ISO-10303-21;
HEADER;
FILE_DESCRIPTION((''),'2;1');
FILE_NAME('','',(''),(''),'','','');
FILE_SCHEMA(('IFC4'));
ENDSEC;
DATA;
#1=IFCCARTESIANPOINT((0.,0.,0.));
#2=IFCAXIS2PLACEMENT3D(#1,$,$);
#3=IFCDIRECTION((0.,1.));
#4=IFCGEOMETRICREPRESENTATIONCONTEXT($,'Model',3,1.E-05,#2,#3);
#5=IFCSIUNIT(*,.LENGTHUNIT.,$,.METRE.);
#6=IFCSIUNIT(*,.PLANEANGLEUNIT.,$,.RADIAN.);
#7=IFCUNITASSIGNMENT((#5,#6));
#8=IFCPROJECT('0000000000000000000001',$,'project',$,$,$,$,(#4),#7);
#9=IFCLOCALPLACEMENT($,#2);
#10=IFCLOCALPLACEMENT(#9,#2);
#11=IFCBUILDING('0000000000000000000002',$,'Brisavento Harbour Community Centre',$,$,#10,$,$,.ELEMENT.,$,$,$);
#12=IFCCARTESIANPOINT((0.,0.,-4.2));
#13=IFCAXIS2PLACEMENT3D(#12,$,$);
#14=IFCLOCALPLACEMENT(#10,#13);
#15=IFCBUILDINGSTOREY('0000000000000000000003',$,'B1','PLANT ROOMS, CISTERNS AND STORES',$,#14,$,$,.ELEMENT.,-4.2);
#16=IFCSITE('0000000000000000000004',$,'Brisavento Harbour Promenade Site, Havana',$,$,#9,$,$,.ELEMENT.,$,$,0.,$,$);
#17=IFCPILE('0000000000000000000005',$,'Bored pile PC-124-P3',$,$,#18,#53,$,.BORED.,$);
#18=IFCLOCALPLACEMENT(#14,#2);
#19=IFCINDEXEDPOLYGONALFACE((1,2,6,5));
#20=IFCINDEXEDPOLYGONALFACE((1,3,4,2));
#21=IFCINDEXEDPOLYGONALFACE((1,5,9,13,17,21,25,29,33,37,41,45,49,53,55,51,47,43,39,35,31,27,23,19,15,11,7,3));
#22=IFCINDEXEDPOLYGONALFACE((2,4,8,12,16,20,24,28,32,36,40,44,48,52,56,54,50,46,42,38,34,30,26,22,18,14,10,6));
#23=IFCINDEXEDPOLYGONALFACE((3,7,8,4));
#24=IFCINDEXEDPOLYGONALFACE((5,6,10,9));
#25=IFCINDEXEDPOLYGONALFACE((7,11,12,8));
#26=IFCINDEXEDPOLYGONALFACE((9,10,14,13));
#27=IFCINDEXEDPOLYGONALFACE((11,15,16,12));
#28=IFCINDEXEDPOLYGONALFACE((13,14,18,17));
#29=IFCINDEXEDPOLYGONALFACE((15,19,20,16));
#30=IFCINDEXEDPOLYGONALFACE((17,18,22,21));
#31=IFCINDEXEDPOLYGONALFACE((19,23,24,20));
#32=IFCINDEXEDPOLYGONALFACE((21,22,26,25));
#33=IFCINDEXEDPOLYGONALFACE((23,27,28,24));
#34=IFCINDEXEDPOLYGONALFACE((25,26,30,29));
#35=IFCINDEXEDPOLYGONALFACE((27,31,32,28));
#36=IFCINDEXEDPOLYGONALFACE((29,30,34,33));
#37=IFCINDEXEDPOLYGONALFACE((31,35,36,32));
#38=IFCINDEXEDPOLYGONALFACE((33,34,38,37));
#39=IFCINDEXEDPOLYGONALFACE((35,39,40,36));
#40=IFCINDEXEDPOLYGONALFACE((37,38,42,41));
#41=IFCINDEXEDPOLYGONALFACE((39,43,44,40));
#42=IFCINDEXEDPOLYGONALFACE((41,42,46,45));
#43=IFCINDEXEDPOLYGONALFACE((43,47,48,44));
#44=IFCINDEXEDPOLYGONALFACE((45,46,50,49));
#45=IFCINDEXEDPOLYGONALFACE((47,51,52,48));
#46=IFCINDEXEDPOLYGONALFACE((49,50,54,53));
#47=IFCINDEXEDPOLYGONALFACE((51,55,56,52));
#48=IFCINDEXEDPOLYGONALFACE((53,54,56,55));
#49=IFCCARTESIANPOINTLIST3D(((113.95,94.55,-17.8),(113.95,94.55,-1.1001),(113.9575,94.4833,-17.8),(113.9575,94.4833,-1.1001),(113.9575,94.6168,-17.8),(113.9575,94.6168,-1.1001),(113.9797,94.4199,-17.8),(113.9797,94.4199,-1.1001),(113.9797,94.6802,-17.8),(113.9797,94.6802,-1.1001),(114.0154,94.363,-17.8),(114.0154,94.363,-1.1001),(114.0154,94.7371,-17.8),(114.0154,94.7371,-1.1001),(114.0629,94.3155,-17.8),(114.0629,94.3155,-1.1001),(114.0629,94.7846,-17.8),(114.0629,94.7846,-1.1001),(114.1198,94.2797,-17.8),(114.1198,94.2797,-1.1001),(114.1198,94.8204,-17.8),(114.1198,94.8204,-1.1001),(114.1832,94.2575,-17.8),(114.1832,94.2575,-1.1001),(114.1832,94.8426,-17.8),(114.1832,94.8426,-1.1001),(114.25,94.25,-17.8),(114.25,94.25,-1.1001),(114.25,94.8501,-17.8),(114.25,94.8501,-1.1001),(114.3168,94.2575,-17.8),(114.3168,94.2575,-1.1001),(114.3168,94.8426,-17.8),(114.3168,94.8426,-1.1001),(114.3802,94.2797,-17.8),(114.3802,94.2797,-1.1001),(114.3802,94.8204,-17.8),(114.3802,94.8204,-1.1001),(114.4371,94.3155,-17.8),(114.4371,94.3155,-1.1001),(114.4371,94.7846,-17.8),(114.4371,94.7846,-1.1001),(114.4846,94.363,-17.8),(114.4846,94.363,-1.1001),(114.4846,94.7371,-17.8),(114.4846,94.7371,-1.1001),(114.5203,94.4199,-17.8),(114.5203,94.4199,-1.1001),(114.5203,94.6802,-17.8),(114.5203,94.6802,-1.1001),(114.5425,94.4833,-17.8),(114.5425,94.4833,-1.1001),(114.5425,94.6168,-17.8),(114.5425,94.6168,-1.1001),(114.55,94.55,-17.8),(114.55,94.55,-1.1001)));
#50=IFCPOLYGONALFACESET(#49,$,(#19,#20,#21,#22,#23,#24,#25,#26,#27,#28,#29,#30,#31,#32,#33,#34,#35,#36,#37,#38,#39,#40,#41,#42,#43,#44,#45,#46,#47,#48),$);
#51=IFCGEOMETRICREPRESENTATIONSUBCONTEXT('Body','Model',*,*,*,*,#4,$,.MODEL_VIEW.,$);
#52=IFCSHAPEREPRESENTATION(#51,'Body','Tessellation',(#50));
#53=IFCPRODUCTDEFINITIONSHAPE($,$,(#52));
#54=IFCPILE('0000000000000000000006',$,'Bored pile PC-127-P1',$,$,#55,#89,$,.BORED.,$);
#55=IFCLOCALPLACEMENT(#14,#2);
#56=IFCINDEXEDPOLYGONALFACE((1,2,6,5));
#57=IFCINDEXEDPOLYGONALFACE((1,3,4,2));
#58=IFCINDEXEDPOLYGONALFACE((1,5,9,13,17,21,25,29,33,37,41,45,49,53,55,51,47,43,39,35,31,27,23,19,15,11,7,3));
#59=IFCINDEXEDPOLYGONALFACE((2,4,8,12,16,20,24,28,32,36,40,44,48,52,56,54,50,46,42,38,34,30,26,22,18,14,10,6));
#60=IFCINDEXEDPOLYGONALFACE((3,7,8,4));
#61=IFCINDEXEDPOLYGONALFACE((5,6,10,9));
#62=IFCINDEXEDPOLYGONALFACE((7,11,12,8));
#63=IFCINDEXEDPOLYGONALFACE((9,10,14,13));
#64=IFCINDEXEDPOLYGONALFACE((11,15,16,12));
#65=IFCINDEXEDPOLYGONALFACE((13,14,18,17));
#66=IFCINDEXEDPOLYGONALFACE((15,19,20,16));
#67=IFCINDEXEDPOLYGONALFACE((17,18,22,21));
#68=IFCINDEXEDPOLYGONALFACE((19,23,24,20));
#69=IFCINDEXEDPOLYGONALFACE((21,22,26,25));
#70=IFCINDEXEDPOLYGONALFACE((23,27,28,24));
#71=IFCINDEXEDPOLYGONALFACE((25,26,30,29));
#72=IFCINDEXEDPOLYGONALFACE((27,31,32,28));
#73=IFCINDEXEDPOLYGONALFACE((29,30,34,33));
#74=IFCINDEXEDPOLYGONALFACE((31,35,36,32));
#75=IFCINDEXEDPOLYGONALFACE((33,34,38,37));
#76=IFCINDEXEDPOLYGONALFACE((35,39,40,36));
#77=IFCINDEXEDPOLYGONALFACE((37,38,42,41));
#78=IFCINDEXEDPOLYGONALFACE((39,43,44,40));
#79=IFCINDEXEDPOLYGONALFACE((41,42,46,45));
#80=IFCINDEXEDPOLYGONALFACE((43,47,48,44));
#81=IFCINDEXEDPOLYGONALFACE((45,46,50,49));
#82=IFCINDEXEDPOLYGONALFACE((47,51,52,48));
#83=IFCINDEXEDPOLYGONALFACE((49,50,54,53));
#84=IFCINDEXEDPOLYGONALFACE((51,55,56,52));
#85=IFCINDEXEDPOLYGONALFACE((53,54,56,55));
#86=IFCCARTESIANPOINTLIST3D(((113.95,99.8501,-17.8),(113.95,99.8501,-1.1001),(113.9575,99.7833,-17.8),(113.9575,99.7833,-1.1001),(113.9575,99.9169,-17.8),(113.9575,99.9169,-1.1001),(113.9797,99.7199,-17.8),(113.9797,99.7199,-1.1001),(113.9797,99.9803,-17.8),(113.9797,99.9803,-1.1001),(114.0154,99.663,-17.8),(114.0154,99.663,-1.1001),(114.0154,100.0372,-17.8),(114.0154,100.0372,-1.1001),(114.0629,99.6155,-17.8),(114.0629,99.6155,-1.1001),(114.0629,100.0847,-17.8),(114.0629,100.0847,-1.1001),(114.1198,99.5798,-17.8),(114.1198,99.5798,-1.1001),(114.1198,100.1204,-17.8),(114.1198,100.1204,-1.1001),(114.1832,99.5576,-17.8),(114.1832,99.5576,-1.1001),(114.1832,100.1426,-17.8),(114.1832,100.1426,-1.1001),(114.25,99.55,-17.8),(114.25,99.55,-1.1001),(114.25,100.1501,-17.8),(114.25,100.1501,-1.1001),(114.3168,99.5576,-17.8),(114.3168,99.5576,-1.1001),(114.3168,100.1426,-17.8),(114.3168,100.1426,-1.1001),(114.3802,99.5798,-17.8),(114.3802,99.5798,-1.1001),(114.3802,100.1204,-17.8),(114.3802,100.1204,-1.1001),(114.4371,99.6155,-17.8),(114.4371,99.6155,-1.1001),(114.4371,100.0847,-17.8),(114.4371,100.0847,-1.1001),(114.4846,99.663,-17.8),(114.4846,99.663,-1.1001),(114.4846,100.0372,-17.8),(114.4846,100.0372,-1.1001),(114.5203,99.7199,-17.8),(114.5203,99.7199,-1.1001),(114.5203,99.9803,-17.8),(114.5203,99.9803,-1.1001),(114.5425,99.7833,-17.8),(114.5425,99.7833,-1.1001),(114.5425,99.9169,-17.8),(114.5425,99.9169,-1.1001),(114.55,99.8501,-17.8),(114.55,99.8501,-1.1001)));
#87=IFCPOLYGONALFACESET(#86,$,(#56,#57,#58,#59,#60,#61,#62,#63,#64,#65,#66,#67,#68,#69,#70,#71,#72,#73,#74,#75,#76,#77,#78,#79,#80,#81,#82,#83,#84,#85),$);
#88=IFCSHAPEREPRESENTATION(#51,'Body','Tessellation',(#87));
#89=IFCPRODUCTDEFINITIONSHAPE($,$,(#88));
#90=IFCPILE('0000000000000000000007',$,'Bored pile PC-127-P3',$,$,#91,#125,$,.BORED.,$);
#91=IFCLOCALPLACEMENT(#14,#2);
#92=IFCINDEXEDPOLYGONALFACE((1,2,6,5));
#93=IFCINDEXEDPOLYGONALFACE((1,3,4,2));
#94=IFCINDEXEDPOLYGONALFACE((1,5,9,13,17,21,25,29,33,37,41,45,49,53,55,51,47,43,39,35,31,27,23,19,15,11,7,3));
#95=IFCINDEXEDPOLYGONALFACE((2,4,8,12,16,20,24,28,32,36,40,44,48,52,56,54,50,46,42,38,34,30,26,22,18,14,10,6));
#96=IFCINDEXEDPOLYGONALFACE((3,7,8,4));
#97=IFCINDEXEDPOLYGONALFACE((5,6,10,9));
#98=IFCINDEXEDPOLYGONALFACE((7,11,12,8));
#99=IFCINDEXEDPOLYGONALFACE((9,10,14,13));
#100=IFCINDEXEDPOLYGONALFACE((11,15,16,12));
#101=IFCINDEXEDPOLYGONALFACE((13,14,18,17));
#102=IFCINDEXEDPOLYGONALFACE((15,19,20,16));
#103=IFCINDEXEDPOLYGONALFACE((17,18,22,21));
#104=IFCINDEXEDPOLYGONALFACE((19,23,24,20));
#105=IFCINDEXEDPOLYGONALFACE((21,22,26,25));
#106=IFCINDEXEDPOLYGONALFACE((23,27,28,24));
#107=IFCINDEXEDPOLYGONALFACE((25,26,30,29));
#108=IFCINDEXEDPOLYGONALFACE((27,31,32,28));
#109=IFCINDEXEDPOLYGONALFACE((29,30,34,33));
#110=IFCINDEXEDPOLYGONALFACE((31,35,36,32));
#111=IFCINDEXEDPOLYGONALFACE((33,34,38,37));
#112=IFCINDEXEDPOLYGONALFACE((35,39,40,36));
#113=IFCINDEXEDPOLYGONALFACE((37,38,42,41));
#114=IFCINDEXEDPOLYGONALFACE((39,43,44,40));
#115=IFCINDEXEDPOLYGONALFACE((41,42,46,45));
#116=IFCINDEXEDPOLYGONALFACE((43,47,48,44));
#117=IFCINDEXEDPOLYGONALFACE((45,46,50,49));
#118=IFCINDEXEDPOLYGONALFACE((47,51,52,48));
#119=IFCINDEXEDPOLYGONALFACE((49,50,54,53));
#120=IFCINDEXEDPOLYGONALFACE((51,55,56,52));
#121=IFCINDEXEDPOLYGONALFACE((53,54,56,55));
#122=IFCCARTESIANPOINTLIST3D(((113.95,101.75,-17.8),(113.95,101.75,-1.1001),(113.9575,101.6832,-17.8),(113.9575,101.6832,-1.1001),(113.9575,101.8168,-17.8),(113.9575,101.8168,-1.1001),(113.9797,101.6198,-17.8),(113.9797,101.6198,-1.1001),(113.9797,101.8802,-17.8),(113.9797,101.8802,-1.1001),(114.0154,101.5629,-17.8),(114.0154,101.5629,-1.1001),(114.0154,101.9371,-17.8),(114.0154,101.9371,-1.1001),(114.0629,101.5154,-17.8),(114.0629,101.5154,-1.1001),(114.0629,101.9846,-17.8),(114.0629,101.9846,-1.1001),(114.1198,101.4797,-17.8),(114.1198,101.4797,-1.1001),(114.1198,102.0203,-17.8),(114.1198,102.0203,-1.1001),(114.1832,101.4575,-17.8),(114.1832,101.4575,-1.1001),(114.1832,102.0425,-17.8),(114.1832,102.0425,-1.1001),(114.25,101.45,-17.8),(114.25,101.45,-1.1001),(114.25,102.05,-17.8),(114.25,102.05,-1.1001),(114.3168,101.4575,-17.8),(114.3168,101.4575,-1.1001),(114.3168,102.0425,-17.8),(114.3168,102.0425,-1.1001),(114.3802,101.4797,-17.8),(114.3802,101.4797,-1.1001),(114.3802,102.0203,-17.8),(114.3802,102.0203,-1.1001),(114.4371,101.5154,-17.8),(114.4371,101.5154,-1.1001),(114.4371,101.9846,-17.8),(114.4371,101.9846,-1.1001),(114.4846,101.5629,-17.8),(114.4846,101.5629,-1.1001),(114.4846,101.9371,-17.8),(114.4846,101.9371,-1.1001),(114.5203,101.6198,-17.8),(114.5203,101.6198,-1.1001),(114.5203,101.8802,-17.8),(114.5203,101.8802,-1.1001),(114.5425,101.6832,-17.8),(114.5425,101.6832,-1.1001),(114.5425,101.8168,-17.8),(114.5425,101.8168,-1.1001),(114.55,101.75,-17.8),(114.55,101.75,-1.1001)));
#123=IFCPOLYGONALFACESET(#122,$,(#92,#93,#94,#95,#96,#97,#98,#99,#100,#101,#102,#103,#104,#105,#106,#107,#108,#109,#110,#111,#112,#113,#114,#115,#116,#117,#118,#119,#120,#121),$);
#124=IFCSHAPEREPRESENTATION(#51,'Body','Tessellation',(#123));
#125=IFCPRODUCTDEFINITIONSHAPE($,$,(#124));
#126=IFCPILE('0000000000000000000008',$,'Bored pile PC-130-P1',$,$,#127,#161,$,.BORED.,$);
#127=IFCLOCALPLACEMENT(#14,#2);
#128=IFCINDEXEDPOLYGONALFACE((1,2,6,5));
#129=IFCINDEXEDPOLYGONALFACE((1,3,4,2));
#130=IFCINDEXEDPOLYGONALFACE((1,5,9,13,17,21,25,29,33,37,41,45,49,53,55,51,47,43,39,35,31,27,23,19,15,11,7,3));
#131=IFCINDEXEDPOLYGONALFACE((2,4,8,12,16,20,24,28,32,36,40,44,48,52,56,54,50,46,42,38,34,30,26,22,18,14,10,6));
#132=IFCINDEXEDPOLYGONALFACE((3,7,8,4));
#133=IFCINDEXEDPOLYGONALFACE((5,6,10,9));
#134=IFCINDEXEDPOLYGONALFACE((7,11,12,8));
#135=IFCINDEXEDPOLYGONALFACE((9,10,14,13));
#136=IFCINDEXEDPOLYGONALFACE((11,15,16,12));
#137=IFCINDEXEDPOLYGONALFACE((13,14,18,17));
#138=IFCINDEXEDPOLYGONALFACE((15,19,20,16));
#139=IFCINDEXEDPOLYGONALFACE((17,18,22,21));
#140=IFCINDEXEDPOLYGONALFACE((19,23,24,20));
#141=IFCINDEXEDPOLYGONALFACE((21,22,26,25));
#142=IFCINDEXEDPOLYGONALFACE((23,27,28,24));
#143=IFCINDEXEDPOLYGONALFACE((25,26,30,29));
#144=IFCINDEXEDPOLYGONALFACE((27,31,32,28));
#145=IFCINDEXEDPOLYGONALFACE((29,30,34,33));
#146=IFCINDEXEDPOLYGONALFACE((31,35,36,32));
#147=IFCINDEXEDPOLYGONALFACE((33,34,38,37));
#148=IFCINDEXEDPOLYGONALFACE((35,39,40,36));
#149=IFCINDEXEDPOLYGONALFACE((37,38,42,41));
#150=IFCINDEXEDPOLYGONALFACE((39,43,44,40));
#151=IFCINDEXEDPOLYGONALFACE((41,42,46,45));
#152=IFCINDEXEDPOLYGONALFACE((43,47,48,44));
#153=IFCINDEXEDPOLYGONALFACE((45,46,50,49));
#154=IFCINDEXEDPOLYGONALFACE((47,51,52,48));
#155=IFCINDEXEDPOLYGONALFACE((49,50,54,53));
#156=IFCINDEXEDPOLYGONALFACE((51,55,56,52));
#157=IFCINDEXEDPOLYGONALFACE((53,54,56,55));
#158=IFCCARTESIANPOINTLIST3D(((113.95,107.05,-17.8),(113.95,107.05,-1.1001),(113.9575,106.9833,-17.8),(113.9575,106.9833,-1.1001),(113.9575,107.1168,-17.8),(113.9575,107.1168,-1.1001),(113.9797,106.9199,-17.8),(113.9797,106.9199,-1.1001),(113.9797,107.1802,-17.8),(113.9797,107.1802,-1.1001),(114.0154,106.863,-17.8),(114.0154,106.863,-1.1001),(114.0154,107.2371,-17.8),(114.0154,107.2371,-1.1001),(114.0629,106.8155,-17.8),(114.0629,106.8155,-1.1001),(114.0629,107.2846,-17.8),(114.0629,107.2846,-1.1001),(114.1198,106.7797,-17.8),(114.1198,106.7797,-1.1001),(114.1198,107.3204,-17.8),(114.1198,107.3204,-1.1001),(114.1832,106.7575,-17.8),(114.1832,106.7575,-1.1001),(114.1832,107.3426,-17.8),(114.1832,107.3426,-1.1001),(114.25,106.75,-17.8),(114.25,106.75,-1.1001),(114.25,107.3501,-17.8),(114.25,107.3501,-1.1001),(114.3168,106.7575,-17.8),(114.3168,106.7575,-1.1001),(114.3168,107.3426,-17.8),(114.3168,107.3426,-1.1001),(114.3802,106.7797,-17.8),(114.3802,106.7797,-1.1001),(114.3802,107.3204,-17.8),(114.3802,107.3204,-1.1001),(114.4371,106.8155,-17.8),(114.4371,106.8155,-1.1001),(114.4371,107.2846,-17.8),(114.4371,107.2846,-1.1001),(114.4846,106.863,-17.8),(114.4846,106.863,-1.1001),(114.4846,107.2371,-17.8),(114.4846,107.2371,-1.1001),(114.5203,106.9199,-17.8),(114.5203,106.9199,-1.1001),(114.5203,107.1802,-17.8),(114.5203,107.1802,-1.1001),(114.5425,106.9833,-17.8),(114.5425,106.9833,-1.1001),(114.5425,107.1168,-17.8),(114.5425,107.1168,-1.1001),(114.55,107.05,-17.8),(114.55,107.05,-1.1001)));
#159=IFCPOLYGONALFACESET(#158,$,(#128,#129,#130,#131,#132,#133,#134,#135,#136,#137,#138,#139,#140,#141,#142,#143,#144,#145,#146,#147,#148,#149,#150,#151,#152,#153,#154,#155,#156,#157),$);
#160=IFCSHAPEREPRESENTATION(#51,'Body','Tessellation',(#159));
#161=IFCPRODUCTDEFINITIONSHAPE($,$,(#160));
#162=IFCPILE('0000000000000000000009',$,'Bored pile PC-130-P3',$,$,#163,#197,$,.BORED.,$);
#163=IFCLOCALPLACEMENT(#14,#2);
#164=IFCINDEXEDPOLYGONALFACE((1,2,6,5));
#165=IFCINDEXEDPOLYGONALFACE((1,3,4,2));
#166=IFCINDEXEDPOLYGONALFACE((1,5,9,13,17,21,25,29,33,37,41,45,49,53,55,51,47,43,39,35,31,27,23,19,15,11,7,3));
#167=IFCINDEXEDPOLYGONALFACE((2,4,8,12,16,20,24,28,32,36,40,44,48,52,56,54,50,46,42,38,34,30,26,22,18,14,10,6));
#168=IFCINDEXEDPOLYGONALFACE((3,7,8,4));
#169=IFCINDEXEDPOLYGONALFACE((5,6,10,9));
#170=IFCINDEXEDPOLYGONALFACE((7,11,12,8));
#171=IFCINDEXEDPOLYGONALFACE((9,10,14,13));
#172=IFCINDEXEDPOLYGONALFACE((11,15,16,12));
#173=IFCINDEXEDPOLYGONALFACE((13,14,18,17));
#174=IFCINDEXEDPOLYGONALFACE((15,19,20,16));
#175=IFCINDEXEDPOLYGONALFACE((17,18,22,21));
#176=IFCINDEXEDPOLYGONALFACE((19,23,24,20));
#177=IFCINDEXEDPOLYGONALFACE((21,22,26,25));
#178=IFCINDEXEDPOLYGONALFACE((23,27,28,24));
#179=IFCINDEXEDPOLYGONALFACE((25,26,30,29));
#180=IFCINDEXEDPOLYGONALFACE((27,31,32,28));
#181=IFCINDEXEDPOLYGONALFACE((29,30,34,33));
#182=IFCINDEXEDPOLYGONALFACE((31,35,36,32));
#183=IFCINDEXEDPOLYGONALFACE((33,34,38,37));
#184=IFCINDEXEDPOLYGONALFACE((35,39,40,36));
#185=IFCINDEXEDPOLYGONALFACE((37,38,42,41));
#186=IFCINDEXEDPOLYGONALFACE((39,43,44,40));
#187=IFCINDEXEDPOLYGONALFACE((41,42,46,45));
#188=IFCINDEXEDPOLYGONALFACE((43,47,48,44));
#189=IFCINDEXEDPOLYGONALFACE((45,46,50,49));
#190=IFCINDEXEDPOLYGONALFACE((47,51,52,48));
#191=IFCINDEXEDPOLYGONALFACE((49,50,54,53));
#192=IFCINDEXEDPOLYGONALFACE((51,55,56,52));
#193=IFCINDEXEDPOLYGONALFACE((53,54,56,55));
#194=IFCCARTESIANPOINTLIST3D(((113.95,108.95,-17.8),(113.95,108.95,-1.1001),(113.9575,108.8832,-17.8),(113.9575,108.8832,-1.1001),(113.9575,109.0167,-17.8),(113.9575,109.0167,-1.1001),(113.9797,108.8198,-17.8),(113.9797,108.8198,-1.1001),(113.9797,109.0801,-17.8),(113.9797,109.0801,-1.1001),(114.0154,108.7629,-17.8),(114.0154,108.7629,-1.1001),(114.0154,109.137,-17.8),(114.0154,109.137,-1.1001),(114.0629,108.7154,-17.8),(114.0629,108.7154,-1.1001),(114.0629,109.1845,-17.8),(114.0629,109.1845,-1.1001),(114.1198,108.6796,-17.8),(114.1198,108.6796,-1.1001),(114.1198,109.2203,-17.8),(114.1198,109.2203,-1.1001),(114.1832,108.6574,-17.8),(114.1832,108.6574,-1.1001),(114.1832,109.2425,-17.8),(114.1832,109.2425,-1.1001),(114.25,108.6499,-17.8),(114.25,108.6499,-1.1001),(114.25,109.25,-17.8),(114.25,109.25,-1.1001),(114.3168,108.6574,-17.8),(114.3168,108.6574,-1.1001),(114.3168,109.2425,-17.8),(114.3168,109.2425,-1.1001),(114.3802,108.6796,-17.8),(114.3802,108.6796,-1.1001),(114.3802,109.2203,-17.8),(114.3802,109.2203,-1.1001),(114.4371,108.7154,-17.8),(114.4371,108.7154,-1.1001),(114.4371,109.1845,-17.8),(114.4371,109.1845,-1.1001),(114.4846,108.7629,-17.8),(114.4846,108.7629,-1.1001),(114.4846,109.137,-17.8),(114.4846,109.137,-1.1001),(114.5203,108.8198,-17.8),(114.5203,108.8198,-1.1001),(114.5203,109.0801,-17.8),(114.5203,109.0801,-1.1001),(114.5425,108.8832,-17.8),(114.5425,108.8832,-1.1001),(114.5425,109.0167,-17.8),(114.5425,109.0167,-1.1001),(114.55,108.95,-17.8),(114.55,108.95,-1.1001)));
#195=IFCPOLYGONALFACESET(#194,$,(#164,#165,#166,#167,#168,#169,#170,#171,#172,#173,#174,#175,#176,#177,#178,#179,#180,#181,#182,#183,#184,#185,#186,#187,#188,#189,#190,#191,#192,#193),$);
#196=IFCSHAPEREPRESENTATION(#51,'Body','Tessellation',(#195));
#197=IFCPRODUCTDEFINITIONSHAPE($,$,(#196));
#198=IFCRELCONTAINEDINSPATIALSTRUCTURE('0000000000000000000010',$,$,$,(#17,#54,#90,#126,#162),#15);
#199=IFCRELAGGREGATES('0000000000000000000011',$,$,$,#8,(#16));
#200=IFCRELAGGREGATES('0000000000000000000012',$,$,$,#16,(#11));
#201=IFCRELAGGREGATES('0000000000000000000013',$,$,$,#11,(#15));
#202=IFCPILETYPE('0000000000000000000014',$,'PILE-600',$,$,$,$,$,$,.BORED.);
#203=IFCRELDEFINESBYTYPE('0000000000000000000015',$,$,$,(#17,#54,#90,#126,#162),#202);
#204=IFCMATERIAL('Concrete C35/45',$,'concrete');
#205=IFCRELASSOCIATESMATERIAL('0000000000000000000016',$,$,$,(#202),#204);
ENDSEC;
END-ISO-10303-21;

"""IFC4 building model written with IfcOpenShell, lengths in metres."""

from ifc_helpers import new_model, si_unit, direction, frame, origin, origin_2d, place, context, subcontext, project, spatial, circle, extrude, material, material_profile, profile_set, type_object, element, save


model = new_model("IFC4")

# Units and contexts
model_context = context("Model", 3, precision=1e-05, world=origin(), true_north=direction((0.0, 1.0)))
body_context = subcontext(model_context, "Body", "Model", "MODEL_VIEW")
ifc_project = project(units=[si_unit("LENGTHUNIT", "METRE"), si_unit("PLANEANGLEUNIT", "RADIAN")], contexts=[model_context])

# Site, building, storey
site_placement = place(None, origin())
site = spatial("IfcSite", under=ifc_project, at=site_placement, Name="Brisavento Harbour Promenade Site, Havana", CompositionType="ELEMENT", RefElevation=0.0)
building_placement = place(site_placement, origin())
building = spatial("IfcBuilding", under=site, at=building_placement, Name="Brisavento Harbour Community Centre", CompositionType="ELEMENT")
storey_placement = place(building_placement, frame((0.0, 0.0, -4.2)))
storey = spatial("IfcBuildingStorey", under=building, at=storey_placement, Name="B1", Description="PLANT ROOMS, CISTERNS AND STORES", CompositionType="ELEMENT", Elevation=-4.2)

# Shared definitions
ifc_material_1 = material(Name="Concrete C35/45", Category="concrete")

# Piles
ifc_material_profile_1 = material_profile(ifc_material_1, circle(Radius=0.3, at=origin_2d()), Name="Concrete C35/45")
ifc_profile_set_1 = profile_set([ifc_material_profile_1], Name="Concrete C35/45")
pile_type = type_object("IfcPileType", Name="PILE-600", PredefinedType="BORED", material=ifc_profile_set_1)
for number, where, z_axis, x_axis, name in (
    (1, (114.25, 94.55, -1.1001), (0.0, 0.0, -1.0), (1.0, 0.0, 0.0), "Bored pile PC-124-P3"),
    (2, (114.25, 99.8501, -1.1001), (0.0, 0.0, -1.0), (1.0, 0.0, 0.0), "Bored pile PC-127-P1"),
    (3, (114.25, 101.75, -1.1001), (0.0, 0.0, -1.0), (1.0, 0.0, 0.0), "Bored pile PC-127-P3"),
    (4, (114.25, 107.05, -1.1001), (0.0, 0.0, -1.0), (1.0, 0.0, 0.0), "Bored pile PC-130-P1"),
    (5, (114.25, 108.95, -1.1001), (0.0, 0.0, -1.0), (1.0, 0.0, 0.0), "Bored pile PC-130-P3"),
):
    element("IfcPile", number, at=place(storey_placement, frame(where, z_axis=z_axis, x_axis=x_axis)), inside=storey, type_object=pile_type, Name=name, PredefinedType="BORED", context=body_context, shape_type="SweptSolid", body=[
        extrude(circle(Radius=0.3, at=origin_2d()), origin(), (0.0, 0.0, 1.0), 16.7),
    ])

save(model, "model.ifc")
